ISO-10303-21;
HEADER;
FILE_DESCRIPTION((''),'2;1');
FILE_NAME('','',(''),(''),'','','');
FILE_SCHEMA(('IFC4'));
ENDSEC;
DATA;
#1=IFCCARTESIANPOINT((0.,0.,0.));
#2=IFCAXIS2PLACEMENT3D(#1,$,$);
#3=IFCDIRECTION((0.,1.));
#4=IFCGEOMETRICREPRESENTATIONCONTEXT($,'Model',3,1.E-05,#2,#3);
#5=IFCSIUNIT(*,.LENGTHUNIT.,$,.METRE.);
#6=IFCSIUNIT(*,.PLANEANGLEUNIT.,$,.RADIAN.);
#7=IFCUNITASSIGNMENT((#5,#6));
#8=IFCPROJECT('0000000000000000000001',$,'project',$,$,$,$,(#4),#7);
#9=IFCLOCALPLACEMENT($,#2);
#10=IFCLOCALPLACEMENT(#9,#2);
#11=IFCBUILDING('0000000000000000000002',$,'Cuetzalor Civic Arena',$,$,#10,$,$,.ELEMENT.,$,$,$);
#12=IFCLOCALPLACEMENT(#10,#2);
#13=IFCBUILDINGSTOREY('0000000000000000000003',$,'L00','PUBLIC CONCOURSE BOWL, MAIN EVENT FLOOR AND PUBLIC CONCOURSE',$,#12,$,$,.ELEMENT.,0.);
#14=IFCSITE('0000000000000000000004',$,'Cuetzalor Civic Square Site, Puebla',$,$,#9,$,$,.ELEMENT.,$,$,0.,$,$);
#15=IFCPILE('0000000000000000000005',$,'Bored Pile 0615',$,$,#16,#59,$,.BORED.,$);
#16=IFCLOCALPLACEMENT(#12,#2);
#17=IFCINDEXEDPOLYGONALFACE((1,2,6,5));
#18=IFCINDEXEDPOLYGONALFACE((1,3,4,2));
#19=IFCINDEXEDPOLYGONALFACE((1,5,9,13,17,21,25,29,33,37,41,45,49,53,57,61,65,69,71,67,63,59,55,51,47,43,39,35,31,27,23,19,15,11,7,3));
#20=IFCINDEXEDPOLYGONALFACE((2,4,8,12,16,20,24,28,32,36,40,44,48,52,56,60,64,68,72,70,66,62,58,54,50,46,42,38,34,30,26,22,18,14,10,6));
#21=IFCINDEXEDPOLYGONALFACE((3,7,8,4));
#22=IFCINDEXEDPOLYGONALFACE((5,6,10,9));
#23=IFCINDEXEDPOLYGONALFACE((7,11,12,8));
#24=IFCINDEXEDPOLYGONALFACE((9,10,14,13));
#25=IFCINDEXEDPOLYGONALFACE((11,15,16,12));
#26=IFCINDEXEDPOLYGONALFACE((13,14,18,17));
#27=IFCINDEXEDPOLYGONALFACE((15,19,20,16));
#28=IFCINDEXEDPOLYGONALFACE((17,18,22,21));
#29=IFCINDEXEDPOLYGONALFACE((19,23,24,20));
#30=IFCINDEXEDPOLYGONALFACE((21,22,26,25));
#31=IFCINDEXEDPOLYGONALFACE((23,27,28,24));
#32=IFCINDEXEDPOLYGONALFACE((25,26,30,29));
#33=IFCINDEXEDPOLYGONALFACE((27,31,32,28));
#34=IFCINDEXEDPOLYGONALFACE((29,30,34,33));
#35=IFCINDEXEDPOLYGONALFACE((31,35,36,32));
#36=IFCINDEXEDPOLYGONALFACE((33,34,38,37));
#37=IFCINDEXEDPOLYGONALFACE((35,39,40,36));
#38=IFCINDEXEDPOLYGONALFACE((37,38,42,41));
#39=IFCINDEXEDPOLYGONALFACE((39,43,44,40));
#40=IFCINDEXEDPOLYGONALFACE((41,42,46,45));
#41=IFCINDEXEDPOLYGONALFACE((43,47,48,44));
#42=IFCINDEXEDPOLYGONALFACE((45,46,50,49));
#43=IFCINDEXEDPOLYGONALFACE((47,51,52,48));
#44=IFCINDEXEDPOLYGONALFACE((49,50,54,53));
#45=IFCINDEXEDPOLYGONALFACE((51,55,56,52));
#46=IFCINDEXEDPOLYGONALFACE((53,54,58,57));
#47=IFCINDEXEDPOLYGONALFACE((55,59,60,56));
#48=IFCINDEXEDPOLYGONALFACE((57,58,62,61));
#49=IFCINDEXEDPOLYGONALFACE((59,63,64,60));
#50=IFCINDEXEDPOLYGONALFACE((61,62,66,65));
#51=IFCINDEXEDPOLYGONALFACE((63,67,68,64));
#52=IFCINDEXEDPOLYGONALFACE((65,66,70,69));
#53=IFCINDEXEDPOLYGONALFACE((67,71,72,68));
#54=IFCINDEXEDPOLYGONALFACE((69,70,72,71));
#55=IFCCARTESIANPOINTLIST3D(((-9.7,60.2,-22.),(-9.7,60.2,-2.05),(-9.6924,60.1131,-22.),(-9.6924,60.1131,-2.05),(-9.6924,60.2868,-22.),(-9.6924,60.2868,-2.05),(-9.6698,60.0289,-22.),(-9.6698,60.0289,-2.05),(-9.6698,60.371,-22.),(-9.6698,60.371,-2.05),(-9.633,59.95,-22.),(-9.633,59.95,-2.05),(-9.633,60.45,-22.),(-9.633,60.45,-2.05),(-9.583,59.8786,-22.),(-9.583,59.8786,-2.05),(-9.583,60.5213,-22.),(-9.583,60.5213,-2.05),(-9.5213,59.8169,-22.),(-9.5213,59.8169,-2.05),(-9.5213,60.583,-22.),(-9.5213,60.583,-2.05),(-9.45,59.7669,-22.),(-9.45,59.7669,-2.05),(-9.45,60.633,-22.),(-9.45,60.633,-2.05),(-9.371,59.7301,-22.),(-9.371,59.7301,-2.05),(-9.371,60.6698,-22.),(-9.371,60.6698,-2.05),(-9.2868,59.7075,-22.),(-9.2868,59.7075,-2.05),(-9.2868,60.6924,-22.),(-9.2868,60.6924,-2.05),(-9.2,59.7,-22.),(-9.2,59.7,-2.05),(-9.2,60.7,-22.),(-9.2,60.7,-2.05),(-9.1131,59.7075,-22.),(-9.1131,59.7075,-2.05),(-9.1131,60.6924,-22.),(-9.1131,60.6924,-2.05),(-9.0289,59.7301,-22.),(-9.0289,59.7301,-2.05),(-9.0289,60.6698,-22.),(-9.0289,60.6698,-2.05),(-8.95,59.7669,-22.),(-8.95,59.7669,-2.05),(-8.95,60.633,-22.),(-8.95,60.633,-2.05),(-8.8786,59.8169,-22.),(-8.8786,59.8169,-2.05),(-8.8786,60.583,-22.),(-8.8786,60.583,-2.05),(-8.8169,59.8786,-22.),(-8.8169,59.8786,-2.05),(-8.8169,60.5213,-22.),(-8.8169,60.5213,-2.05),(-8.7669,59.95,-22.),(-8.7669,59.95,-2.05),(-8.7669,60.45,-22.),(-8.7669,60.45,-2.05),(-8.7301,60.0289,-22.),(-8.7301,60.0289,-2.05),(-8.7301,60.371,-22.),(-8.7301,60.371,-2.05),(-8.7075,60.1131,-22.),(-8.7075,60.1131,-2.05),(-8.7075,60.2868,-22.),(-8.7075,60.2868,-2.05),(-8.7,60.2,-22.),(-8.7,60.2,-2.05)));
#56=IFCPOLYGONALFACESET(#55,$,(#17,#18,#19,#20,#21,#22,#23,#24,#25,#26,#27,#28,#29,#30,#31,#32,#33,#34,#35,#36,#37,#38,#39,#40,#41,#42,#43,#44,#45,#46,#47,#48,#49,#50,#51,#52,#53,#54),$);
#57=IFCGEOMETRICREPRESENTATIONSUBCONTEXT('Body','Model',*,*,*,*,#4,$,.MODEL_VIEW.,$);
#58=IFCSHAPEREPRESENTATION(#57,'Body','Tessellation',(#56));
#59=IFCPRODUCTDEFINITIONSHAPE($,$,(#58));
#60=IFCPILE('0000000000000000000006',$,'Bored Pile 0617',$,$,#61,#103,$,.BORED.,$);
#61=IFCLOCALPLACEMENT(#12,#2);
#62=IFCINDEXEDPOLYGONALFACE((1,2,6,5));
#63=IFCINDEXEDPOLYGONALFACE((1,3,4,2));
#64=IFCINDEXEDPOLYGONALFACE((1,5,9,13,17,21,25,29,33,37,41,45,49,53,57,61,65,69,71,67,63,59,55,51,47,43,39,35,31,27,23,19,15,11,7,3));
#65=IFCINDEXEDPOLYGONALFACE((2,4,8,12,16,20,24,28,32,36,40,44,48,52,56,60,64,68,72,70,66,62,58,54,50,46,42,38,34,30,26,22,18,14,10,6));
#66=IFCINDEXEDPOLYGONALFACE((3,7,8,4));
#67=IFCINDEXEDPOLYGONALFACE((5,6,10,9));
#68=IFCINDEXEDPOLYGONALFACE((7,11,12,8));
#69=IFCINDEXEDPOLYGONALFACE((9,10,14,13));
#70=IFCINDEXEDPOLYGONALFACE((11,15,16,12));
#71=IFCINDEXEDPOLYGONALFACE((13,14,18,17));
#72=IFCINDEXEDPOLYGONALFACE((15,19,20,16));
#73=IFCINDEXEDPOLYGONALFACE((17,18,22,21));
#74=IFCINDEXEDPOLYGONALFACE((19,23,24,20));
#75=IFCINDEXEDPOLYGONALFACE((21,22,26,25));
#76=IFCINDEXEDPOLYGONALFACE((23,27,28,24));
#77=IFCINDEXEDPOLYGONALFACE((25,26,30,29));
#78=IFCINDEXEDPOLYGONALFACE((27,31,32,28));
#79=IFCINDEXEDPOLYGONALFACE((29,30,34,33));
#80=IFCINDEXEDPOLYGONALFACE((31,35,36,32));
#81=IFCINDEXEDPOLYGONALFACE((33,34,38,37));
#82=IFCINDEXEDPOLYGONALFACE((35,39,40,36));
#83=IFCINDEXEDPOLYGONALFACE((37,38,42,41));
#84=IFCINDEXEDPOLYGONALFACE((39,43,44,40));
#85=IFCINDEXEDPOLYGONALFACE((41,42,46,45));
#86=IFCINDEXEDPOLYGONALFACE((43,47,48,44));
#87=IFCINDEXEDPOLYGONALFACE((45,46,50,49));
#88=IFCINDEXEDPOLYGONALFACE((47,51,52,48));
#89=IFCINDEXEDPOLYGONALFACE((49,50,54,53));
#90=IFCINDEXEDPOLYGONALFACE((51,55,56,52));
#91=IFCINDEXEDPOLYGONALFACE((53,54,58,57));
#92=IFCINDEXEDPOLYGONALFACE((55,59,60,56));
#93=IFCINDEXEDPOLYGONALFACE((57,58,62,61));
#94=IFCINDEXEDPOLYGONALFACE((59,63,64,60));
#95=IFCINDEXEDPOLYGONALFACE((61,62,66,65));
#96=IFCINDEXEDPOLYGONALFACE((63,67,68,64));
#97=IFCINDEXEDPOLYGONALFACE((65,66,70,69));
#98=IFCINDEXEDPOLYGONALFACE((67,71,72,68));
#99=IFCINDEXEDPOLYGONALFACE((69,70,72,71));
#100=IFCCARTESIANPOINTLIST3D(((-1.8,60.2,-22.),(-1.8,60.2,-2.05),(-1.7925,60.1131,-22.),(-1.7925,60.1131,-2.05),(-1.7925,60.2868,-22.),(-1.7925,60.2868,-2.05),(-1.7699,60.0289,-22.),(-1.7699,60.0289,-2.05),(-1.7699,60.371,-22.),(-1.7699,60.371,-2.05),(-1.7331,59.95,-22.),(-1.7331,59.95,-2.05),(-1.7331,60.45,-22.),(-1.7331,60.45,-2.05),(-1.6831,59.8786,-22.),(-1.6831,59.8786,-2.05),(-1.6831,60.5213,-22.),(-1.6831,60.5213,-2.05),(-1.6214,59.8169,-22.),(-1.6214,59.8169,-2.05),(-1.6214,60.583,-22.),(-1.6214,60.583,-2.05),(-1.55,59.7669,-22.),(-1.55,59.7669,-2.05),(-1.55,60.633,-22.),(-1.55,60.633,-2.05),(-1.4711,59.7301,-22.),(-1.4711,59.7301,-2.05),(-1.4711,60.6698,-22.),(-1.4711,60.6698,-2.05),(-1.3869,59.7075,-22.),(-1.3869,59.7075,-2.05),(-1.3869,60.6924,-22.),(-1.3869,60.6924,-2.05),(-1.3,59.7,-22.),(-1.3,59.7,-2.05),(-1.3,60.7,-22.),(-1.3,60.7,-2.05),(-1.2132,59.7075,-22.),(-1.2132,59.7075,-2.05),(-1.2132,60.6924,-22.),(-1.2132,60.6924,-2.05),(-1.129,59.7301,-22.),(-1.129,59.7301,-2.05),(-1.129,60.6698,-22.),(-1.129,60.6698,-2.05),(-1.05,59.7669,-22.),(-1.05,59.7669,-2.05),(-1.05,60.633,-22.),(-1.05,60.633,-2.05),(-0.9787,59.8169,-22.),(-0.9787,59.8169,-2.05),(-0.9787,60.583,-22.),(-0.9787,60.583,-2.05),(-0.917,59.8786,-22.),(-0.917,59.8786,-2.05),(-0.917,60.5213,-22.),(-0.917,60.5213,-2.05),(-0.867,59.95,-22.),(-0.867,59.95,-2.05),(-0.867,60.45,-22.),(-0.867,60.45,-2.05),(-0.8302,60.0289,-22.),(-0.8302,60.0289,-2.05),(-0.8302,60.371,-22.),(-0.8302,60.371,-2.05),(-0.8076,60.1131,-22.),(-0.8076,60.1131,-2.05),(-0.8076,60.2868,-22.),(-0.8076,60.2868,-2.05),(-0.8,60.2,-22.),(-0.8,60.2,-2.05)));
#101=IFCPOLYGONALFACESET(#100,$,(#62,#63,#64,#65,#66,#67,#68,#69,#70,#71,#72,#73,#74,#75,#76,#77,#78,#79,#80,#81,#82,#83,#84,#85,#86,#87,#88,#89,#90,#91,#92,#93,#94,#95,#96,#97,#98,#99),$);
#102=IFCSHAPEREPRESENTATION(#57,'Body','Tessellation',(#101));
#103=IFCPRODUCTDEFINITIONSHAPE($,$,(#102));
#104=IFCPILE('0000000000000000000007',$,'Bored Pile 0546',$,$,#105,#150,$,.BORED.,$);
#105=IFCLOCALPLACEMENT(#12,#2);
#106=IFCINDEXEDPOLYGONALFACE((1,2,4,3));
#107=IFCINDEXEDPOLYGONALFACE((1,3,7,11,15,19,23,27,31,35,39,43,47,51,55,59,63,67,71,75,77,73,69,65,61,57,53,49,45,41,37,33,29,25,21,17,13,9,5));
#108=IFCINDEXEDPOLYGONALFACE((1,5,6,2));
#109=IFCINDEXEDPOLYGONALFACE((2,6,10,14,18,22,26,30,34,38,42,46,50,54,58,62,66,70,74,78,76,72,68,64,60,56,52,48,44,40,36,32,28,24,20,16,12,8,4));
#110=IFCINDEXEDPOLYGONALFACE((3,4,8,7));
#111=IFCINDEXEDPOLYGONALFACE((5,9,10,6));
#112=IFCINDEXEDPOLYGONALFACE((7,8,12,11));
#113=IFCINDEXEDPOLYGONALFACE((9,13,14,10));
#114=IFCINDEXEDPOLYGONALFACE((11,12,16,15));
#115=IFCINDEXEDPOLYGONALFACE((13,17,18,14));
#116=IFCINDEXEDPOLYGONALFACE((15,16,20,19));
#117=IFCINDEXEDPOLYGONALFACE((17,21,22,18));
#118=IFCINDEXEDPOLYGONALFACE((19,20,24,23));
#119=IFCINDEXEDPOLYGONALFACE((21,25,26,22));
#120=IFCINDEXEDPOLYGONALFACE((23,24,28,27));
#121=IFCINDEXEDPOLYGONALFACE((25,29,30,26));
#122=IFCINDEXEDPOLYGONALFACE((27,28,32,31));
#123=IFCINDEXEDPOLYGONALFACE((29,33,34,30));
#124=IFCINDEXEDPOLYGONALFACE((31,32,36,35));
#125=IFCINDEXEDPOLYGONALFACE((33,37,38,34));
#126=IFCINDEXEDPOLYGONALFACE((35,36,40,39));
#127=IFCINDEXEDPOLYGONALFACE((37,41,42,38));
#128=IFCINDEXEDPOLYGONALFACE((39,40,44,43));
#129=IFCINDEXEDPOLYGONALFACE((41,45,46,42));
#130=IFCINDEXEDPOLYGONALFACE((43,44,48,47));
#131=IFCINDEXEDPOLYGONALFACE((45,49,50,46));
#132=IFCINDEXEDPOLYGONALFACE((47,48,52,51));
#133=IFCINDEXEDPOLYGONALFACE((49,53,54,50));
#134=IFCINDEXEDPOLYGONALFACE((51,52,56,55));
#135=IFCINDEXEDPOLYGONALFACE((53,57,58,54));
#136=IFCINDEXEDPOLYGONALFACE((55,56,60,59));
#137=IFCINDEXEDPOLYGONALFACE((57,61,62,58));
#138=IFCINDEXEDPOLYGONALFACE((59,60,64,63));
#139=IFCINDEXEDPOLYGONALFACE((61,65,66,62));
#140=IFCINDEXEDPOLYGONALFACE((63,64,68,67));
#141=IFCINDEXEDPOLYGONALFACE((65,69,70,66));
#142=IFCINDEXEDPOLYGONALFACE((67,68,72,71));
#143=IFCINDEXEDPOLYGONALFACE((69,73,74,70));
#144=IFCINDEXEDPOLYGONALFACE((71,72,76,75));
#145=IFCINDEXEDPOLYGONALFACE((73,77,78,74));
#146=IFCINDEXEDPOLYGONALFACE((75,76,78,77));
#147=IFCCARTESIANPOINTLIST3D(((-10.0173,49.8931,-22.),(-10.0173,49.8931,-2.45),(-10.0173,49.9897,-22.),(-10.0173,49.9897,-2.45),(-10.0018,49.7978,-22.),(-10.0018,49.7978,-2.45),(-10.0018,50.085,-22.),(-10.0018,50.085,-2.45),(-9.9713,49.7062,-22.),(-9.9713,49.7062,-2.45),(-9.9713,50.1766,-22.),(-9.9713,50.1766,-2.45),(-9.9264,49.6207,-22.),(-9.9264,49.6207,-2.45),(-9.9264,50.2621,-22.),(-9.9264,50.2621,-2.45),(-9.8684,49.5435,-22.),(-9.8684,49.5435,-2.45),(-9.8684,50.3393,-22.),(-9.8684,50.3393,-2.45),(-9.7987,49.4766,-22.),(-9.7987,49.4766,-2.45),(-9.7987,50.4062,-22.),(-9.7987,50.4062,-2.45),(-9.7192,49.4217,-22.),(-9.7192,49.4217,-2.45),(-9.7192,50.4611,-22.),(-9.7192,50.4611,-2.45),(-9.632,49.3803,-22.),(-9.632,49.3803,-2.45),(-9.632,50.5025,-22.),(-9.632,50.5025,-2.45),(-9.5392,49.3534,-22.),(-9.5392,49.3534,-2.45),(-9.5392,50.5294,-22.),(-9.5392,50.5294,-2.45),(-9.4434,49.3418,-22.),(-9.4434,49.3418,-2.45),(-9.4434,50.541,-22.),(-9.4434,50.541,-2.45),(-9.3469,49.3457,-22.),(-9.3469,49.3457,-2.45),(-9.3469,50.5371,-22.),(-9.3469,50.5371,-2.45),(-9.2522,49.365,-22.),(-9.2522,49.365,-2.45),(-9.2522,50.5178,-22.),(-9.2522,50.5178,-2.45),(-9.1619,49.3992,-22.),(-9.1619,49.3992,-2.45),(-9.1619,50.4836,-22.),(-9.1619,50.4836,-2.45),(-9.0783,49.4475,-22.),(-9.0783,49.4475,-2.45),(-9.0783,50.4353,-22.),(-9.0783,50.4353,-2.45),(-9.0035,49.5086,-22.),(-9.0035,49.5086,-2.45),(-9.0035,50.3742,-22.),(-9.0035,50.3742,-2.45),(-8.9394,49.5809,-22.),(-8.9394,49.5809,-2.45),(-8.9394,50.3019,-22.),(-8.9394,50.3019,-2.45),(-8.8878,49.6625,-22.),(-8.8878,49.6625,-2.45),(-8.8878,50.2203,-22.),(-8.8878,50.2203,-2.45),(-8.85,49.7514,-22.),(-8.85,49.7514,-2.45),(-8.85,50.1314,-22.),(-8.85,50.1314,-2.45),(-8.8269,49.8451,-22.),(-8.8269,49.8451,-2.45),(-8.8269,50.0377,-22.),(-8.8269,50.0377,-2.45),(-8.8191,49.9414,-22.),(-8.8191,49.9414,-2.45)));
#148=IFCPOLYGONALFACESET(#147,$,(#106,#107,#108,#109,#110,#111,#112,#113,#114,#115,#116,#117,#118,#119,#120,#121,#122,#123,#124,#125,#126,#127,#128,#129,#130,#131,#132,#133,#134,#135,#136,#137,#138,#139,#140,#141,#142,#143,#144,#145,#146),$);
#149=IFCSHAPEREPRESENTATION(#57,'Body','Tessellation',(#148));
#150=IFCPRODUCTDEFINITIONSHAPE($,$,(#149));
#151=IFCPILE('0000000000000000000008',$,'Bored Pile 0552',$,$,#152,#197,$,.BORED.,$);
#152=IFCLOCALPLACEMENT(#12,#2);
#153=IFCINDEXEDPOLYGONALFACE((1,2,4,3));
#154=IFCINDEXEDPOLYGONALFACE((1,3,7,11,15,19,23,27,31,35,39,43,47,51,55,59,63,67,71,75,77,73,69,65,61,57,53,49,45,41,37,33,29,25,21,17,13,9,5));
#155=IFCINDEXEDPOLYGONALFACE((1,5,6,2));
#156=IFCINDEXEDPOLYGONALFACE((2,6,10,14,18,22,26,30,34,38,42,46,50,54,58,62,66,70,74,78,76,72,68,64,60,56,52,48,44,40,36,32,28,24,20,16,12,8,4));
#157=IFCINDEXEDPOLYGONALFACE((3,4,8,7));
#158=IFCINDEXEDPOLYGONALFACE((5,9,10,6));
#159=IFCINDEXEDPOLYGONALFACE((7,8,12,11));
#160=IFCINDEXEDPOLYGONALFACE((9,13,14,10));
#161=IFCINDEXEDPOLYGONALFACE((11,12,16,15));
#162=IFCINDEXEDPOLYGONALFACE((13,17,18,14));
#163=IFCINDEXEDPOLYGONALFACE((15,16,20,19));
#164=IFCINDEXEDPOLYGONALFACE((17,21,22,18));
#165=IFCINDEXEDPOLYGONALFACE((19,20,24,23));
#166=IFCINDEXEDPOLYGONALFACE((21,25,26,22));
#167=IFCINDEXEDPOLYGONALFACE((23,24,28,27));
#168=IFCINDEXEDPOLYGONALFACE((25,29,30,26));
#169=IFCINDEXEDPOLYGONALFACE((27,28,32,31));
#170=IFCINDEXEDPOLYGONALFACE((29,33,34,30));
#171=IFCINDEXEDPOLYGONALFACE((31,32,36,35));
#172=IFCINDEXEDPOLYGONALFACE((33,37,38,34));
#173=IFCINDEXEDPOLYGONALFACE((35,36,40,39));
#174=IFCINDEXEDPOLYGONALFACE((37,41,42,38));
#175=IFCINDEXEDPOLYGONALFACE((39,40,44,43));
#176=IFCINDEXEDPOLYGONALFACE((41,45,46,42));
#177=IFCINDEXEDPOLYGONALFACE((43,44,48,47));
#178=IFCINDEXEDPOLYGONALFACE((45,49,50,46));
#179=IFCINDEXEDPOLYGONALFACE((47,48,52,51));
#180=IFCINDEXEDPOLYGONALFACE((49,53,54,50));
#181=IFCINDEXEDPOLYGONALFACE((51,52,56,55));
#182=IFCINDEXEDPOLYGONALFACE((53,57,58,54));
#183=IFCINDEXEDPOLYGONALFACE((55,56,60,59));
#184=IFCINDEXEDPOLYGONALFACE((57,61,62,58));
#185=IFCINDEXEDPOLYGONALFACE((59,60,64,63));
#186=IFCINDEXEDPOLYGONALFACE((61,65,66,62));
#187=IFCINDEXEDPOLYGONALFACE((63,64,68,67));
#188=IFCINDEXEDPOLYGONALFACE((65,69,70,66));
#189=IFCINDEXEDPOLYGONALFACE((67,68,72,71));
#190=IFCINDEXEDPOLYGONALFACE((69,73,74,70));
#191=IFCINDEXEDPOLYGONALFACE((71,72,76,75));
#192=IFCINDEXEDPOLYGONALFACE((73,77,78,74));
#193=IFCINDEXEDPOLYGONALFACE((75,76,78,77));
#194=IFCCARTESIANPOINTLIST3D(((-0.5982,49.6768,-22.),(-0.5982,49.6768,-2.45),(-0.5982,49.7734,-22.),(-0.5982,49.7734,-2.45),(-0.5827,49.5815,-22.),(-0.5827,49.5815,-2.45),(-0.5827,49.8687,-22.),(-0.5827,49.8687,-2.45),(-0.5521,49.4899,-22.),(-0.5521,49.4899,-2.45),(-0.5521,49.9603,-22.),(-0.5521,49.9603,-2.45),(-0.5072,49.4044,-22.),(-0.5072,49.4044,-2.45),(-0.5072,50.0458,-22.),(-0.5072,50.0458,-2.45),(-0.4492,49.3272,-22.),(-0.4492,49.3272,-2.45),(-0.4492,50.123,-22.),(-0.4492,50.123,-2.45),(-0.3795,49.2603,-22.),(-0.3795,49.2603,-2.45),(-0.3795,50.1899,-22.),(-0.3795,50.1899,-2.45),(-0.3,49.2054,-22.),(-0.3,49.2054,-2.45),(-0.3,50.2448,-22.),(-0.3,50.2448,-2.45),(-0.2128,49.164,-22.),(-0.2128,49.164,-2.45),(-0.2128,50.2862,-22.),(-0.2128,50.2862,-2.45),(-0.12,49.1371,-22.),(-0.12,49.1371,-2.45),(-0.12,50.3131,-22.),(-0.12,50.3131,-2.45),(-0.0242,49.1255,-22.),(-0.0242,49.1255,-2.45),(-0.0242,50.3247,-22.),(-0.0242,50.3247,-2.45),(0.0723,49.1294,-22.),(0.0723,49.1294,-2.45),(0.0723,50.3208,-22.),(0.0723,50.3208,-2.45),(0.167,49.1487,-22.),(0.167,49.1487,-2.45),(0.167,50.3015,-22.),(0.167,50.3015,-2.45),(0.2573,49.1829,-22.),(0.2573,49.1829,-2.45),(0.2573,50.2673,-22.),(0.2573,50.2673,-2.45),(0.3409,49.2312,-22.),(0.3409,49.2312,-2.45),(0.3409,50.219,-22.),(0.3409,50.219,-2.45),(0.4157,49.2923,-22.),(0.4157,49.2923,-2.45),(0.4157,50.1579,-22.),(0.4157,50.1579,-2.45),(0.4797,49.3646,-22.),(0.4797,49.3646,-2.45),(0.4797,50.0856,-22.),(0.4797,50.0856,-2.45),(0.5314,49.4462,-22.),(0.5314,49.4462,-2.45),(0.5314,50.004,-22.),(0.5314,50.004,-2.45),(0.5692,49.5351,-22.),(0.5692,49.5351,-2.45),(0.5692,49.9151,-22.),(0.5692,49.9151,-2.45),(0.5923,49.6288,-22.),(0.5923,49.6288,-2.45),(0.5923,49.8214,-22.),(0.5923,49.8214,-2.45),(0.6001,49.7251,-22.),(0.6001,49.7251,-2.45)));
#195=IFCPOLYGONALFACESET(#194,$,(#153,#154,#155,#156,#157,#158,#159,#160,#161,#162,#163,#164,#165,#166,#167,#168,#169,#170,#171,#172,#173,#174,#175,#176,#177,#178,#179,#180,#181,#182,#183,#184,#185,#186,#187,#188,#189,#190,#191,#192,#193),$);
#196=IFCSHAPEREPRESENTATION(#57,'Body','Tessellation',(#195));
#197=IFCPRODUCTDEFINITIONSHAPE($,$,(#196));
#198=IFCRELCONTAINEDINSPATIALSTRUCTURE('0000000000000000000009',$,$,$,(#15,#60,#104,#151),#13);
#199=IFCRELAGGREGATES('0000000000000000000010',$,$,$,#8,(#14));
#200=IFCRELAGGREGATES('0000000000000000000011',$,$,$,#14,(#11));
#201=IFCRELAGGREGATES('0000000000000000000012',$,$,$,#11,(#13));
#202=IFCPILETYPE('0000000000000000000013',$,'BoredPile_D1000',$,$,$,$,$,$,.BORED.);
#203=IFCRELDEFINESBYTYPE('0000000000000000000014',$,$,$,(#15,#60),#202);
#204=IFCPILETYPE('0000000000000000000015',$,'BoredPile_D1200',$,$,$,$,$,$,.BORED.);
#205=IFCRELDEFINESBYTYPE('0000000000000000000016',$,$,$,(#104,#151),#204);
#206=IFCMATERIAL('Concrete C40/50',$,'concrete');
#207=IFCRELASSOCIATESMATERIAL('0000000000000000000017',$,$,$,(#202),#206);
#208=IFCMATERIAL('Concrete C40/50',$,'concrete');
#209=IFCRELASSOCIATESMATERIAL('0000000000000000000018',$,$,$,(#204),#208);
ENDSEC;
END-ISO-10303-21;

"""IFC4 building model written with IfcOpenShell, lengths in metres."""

from ifc_helpers import new_model, si_unit, direction, frame, origin, origin_2d, place, context, subcontext, project, spatial, circle, extrude, material, material_profile, profile_set, type_object, element, save


model = new_model("IFC4")

# Units and contexts
model_context = context("Model", 3, precision=1e-05, world=origin(), true_north=direction((0.0, 1.0)))
body_context = subcontext(model_context, "Body", "Model", "MODEL_VIEW")
ifc_project = project(units=[si_unit("LENGTHUNIT", "METRE"), si_unit("PLANEANGLEUNIT", "RADIAN")], contexts=[model_context])

# Site, building, storey
site_placement = place(None, origin())
site = spatial("IfcSite", under=ifc_project, at=site_placement, Name="Cuetzalor Civic Square Site, Puebla", CompositionType="ELEMENT", RefElevation=0.0)
building_placement = place(site_placement, origin())
building = spatial("IfcBuilding", under=site, at=building_placement, Name="Cuetzalor Civic Arena", CompositionType="ELEMENT")
storey_placement = place(building_placement, origin())
storey = spatial("IfcBuildingStorey", under=building, at=storey_placement, Name="L00", Description="PUBLIC CONCOURSE BOWL, MAIN EVENT FLOOR AND PUBLIC CONCOURSE", CompositionType="ELEMENT", Elevation=0.0)

# Piles
ifc_material_1 = material(Name="Concrete C40/50", Category="concrete")
ifc_material_profile_1 = material_profile(ifc_material_1, circle(Radius=0.5, at=origin_2d()), Name="BORED PILE D1000")
ifc_profile_set_1 = profile_set([ifc_material_profile_1], Name="Concrete C40/50")
pile_type_1 = type_object("IfcPileType", Name="BoredPile_D1000", PredefinedType="BORED", material=ifc_profile_set_1)
for number, where, z_axis, x_axis, name in (
    (1, (-9.2, 60.2, -2.05), (0.0, 0.0, -1.0), (1.0, 0.0, 0.0), "Bored Pile 0615"),
    (2, (-1.3, 60.2, -2.05), (0.0, 0.0, -1.0), (1.0, 0.0, 0.0), "Bored Pile 0617"),
):
    element("IfcPile", number, at=place(storey_placement, frame(where, z_axis=z_axis, x_axis=x_axis)), inside=storey, type_object=pile_type_1, Name=name, PredefinedType="BORED", context=body_context, shape_type="SweptSolid", body=[
        extrude(circle(Radius=0.5, at=origin_2d()), origin(), (0.0, 0.0, 1.0), 19.95),
    ])
ifc_material_2 = material(Name="Concrete C40/50", Category="concrete")
ifc_material_profile_2 = material_profile(ifc_material_2, circle(Radius=0.6001, at=origin_2d()), Name="BORED PILE D1200")
ifc_profile_set_2 = profile_set([ifc_material_profile_2], Name="Concrete C40/50")
pile_type_2 = type_object("IfcPileType", Name="BoredPile_D1200", PredefinedType="BORED", material=ifc_profile_set_2)
for number, where, z_axis, x_axis, name in (
    (3, (-9.4192, 49.9414, -2.45), (0.0, 0.0, -1.0), (1.0, 0.0, 0.0), "Bored Pile 0546"),
    (4, (0.0, 49.7251, -2.45), (0.0, 0.0, -1.0), (1.0, 0.0, 0.0), "Bored Pile 0552"),
):
    element("IfcPile", number, at=place(storey_placement, frame(where, z_axis=z_axis, x_axis=x_axis)), inside=storey, type_object=pile_type_2, Name=name, PredefinedType="BORED", context=body_context, shape_type="SweptSolid", body=[
        extrude(circle(Radius=0.6001, at=origin_2d()), origin(), (0.0, 0.0, 1.0), 19.55),
    ])

save(model, "model.ifc")
